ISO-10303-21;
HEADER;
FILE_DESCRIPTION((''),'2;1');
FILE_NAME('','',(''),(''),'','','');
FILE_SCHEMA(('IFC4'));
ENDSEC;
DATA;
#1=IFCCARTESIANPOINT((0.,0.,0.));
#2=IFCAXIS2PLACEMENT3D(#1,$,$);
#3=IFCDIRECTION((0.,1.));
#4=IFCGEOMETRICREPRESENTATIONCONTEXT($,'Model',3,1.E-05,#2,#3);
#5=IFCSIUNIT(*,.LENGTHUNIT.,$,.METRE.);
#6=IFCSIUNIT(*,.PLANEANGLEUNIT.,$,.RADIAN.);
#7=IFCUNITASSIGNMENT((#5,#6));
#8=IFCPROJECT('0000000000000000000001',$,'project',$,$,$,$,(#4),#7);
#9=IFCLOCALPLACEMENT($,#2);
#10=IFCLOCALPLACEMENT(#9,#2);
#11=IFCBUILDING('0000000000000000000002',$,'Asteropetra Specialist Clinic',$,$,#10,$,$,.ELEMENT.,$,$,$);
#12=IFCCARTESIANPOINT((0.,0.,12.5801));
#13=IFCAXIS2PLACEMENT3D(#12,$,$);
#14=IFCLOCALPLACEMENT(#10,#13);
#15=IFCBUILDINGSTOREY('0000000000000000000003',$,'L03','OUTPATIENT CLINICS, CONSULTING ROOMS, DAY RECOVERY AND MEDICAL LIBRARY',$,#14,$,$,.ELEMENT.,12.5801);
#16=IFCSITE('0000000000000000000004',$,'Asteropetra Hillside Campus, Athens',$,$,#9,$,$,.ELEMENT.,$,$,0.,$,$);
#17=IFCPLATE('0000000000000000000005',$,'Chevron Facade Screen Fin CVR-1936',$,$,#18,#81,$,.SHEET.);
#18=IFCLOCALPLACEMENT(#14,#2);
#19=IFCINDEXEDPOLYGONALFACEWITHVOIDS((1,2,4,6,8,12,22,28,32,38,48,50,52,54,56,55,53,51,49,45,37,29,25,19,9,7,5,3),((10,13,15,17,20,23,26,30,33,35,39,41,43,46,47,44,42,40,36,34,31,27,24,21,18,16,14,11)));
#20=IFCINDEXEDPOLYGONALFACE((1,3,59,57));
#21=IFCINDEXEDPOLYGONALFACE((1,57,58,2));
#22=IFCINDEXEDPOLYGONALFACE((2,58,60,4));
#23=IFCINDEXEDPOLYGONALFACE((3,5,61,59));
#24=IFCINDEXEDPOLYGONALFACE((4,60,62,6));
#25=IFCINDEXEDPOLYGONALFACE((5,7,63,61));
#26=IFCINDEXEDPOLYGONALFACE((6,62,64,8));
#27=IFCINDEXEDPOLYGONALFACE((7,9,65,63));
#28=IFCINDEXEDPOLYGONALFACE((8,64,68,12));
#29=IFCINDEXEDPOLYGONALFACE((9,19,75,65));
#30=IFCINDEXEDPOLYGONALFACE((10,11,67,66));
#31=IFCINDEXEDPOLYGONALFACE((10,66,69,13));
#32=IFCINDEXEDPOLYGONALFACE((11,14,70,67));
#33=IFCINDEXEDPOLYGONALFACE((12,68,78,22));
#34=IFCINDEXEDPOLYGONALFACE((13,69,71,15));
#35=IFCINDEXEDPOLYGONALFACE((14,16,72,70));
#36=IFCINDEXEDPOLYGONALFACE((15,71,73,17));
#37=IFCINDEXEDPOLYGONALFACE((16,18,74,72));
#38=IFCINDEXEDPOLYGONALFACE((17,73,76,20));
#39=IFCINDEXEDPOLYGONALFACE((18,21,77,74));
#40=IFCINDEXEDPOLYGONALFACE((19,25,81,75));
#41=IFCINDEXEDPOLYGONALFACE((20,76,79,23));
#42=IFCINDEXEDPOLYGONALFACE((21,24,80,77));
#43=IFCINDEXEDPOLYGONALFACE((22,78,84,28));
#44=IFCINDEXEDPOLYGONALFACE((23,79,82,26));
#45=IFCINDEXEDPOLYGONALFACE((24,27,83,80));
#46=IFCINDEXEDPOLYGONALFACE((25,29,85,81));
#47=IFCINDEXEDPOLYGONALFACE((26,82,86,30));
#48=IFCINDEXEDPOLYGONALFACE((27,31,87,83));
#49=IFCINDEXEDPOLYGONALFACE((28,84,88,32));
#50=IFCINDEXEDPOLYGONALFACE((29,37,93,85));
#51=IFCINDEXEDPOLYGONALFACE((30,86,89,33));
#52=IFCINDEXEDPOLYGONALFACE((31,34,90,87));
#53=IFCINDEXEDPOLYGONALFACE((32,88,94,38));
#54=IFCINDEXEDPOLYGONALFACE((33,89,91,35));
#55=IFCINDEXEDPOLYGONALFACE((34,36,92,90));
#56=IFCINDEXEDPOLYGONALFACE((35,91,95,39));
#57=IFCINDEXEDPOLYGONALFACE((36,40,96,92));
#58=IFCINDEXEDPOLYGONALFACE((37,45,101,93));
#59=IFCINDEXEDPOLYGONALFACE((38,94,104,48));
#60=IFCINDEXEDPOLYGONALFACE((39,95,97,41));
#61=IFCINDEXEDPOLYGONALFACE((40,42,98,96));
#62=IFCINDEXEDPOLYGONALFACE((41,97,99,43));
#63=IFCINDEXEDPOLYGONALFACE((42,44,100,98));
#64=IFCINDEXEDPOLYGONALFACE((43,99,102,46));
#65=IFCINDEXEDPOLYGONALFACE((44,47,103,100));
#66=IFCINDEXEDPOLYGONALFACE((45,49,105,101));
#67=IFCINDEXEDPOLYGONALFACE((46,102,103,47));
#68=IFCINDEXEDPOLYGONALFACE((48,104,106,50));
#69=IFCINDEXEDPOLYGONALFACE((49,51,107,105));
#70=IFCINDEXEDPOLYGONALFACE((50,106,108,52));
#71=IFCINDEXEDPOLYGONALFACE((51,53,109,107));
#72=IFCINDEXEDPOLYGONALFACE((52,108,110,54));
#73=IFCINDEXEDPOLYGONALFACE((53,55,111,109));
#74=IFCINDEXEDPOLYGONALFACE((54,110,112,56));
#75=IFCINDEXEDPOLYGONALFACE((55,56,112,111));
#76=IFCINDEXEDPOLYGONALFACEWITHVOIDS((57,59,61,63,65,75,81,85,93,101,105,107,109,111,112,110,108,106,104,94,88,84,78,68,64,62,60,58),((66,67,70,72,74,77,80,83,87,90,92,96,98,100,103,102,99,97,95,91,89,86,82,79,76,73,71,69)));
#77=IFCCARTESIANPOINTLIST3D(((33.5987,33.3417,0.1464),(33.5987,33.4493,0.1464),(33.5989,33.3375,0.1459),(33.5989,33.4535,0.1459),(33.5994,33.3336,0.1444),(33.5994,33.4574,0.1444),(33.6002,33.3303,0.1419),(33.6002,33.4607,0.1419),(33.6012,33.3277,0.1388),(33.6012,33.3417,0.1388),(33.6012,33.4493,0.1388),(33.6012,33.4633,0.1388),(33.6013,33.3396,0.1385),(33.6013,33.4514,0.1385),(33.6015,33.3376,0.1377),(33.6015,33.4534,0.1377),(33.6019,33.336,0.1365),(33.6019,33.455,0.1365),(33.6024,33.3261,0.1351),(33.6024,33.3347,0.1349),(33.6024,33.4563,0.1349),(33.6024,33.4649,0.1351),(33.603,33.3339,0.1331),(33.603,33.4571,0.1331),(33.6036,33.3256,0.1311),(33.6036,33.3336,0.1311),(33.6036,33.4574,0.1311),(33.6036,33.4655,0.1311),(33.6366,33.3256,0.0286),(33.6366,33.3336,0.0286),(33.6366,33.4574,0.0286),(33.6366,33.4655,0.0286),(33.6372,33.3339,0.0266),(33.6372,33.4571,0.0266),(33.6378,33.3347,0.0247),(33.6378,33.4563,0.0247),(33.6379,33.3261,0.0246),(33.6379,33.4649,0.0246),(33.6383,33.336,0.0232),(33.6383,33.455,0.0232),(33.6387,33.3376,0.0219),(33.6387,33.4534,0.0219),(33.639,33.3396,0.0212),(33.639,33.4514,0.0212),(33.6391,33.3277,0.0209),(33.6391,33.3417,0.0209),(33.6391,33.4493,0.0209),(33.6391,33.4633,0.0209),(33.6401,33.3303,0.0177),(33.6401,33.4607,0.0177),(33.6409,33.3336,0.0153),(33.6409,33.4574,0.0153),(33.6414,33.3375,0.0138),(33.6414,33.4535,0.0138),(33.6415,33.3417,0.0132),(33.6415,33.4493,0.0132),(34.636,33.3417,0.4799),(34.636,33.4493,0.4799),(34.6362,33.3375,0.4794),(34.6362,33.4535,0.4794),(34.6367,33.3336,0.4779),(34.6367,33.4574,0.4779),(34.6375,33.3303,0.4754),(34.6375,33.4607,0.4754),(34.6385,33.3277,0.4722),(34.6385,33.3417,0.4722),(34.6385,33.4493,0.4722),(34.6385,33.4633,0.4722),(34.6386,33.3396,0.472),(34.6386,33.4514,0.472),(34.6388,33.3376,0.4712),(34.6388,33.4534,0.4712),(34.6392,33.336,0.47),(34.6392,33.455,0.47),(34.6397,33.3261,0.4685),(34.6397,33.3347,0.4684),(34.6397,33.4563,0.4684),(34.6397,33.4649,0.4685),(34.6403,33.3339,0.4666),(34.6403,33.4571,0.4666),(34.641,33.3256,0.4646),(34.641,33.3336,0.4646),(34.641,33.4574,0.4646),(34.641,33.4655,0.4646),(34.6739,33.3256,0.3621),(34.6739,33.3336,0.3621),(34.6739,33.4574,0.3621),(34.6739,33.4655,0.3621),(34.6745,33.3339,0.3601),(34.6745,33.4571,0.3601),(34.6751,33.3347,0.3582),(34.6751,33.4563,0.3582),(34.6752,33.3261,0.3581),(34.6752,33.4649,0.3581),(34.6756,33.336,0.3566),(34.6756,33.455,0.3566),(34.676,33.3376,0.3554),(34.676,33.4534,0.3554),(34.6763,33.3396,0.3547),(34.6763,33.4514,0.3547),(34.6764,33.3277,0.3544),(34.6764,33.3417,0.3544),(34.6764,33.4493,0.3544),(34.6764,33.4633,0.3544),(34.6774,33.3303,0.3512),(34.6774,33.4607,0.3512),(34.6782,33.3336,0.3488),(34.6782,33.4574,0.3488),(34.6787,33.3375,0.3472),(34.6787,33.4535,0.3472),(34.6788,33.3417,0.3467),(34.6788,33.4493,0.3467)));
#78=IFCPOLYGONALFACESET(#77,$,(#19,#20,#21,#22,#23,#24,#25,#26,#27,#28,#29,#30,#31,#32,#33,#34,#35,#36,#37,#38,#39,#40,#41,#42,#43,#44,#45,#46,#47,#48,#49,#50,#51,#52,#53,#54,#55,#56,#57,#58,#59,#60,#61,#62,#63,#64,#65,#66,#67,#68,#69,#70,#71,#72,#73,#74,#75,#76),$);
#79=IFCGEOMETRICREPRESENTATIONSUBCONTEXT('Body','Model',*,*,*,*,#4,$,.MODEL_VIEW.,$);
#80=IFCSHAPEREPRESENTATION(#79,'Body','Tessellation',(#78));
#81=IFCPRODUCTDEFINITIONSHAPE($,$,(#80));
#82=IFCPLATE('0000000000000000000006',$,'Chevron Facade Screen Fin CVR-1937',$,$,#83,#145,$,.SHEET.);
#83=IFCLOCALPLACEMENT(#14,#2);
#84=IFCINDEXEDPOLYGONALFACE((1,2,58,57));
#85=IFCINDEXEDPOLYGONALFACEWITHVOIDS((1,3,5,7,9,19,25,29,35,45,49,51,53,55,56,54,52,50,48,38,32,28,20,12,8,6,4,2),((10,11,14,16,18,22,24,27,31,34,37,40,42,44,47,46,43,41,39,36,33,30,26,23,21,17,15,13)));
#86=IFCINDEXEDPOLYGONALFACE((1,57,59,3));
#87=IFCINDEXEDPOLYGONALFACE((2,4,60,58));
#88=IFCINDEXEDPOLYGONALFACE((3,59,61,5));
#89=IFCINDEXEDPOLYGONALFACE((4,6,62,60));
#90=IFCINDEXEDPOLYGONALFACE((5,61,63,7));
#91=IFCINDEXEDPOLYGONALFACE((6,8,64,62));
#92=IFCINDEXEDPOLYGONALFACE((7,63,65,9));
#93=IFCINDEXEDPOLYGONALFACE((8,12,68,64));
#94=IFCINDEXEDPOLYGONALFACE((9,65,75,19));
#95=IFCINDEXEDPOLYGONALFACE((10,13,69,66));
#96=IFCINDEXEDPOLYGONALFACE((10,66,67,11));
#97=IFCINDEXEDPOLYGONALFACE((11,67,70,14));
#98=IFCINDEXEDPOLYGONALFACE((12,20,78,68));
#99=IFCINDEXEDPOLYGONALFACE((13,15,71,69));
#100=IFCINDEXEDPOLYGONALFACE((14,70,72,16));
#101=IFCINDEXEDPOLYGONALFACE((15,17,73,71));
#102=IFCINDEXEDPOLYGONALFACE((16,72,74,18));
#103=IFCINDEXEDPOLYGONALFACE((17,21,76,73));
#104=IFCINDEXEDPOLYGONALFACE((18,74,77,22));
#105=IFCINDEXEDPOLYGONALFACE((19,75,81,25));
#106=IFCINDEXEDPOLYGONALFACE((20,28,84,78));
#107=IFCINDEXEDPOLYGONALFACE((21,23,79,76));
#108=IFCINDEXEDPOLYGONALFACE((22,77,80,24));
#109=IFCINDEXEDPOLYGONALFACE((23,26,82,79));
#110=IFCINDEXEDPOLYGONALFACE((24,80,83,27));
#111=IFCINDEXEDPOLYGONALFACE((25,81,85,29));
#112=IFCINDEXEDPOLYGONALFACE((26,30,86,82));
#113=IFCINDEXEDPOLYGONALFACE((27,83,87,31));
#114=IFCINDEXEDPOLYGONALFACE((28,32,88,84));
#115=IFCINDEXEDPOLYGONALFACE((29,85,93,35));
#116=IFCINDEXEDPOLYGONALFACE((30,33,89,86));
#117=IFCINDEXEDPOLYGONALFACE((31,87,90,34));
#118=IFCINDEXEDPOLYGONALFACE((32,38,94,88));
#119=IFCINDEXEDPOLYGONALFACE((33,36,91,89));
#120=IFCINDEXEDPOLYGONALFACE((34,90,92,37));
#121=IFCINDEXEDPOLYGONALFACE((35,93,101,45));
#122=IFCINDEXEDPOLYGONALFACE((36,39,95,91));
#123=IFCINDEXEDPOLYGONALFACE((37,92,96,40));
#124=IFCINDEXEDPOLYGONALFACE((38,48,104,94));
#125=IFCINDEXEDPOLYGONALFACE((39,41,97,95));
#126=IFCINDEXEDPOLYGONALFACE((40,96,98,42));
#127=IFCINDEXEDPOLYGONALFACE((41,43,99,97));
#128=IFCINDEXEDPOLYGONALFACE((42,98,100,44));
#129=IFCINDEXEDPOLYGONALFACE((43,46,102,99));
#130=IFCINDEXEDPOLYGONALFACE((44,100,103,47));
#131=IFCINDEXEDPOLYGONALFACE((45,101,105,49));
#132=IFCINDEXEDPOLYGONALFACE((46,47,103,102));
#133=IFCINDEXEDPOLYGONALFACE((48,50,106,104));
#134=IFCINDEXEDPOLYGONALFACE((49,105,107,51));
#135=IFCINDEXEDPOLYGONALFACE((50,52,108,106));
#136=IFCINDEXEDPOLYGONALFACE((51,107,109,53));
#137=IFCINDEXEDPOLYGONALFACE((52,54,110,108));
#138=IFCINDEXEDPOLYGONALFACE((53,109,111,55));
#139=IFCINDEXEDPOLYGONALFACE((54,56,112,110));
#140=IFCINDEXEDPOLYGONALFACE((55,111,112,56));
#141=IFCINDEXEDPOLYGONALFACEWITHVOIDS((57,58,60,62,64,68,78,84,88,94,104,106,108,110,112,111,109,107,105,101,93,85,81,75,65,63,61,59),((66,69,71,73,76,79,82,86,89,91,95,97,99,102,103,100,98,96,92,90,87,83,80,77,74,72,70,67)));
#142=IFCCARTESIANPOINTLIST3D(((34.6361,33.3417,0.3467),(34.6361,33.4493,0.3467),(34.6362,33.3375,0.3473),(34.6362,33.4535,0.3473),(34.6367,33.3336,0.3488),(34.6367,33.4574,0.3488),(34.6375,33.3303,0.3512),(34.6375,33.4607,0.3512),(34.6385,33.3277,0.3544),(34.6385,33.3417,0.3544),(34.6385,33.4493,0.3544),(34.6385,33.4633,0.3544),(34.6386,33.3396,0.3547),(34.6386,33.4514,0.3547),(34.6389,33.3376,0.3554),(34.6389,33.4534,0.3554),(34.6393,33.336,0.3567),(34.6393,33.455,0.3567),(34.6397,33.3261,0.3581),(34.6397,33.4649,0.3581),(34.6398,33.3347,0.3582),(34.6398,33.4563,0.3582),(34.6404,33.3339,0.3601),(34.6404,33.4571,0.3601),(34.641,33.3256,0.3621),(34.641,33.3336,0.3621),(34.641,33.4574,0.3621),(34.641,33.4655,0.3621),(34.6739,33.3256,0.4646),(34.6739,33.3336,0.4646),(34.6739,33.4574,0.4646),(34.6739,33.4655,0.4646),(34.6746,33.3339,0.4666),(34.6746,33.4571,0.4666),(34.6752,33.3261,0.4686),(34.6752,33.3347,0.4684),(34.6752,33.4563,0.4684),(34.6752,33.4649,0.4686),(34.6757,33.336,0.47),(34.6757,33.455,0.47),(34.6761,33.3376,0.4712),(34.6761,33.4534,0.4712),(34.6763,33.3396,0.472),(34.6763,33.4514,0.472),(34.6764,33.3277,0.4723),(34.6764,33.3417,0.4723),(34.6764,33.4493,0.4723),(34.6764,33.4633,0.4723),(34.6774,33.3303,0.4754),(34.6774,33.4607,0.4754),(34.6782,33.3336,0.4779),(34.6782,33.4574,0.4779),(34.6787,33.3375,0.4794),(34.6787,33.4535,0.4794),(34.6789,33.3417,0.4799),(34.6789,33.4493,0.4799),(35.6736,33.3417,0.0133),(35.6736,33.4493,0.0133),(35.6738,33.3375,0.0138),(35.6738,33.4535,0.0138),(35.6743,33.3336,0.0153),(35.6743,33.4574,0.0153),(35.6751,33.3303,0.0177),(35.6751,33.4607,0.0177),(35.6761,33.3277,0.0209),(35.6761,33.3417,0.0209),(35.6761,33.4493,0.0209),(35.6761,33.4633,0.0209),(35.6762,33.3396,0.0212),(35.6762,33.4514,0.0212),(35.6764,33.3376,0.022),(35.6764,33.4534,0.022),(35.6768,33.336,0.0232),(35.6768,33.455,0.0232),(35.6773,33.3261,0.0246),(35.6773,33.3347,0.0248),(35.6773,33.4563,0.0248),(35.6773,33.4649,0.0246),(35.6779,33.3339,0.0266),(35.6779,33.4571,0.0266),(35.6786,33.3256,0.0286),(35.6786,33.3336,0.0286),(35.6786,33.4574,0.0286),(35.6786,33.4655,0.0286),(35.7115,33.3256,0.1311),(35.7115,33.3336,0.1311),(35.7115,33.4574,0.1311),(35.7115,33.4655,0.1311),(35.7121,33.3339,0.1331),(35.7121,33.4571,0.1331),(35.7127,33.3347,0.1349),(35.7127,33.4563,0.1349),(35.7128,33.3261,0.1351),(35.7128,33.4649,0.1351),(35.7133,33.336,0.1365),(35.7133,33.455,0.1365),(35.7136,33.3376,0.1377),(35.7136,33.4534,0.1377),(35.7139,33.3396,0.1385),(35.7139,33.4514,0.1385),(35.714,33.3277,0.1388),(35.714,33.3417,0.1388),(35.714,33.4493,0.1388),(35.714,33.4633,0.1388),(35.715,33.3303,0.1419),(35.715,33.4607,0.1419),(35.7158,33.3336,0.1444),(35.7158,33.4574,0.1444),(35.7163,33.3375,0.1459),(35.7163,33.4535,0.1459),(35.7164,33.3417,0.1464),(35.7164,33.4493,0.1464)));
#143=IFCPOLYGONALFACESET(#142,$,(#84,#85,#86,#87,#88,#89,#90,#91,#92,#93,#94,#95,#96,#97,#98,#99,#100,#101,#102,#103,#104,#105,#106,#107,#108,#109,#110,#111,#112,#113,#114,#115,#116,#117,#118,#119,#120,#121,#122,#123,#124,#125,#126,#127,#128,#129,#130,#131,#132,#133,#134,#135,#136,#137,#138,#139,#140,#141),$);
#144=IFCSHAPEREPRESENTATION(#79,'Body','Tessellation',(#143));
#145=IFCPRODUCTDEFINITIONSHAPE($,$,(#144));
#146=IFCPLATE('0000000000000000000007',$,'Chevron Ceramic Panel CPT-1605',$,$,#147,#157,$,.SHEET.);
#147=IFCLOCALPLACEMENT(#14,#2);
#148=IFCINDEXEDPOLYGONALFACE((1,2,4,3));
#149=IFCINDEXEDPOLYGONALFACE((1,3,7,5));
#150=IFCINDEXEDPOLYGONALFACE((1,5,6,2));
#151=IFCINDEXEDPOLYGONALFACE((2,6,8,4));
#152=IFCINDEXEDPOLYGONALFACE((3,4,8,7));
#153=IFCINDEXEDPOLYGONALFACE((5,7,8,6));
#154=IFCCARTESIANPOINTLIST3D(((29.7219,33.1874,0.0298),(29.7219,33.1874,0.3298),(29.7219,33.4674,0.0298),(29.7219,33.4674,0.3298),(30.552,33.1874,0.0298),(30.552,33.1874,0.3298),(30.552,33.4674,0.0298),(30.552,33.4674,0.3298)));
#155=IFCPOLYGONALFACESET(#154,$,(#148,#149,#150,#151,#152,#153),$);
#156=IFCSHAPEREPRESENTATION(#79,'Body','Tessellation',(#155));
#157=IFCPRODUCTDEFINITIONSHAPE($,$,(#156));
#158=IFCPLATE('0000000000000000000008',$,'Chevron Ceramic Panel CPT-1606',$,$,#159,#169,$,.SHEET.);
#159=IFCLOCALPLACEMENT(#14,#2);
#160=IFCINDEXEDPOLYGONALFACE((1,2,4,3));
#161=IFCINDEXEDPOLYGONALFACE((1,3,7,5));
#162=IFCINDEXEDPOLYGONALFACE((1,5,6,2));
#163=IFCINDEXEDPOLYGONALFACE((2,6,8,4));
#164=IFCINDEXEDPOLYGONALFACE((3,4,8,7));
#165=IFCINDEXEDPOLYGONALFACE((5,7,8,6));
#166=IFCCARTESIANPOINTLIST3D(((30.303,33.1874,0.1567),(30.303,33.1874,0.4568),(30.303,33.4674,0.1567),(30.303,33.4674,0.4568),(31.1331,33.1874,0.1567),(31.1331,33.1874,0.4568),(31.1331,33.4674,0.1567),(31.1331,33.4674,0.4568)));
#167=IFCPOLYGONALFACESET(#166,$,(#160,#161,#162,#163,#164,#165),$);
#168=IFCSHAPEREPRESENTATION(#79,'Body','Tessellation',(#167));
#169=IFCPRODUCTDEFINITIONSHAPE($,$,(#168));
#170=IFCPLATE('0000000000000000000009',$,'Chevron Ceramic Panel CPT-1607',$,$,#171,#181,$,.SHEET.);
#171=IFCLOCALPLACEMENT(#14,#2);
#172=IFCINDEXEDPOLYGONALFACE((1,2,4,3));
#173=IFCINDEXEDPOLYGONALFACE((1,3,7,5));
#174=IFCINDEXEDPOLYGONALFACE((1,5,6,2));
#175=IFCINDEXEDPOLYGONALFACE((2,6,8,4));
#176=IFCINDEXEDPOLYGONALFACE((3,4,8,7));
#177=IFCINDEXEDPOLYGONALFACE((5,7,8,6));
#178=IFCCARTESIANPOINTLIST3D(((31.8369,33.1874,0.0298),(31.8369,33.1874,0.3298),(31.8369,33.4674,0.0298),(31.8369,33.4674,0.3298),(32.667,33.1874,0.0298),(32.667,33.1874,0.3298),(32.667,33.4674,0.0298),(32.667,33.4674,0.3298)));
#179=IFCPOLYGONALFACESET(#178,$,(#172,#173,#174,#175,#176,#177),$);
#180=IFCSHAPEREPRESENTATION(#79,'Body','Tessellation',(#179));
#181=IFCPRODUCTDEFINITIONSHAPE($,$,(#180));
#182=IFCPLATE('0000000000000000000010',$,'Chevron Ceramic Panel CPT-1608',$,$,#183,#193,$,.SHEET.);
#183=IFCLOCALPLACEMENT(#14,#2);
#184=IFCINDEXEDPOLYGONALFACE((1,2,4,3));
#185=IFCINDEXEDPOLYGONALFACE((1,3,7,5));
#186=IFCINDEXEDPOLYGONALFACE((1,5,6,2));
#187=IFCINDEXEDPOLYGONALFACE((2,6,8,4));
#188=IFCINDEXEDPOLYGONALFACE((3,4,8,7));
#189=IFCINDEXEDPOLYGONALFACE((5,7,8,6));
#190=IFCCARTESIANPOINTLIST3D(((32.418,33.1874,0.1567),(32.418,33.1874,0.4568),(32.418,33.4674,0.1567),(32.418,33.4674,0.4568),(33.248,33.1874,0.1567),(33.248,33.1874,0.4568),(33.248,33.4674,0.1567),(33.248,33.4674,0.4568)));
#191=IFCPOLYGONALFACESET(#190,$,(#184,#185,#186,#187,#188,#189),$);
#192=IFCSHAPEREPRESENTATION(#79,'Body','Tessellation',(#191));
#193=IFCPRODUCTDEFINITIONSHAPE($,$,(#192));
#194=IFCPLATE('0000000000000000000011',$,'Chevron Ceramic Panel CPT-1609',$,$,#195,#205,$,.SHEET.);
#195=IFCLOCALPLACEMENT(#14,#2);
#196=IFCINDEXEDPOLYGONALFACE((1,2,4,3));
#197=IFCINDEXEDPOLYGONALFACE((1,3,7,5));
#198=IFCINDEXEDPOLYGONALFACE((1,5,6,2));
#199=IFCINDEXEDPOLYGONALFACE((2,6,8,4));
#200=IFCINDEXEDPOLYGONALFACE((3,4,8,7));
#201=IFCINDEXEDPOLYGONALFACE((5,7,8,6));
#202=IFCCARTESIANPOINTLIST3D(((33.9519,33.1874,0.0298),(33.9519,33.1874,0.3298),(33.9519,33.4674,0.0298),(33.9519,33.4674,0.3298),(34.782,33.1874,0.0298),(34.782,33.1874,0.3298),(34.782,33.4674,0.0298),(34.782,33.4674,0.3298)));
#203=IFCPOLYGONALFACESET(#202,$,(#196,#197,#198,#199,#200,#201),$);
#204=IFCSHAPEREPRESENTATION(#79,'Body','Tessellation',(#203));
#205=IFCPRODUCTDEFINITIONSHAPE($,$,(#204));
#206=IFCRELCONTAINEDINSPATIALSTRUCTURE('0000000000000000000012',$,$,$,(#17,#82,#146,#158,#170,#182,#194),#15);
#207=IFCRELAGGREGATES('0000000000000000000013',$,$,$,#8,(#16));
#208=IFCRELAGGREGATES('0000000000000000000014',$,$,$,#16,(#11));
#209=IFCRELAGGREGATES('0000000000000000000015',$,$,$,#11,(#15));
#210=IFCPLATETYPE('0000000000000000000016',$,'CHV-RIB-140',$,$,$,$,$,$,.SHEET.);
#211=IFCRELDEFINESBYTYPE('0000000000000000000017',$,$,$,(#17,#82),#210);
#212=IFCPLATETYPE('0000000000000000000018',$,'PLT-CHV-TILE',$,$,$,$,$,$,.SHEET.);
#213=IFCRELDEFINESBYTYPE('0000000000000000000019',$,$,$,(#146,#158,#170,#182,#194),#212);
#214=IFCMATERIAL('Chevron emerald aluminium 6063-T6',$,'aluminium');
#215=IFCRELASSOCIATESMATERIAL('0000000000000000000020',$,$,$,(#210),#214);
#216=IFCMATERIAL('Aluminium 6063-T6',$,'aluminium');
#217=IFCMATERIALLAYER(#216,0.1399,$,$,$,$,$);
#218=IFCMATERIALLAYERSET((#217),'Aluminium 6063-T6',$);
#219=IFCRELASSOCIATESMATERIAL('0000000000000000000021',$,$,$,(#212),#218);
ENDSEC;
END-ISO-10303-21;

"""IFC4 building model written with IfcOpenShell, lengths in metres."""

from ifc_helpers import new_model, si_unit, direction, frame, origin, origin_2d, place, context, subcontext, project, spatial, rectangle, hollow_rectangle, extrude, material, layer, layer_set, material_profile, profile_set, type_object, element, save


model = new_model("IFC4")

# Units and contexts
model_context = context("Model", 3, precision=1e-05, world=origin(), true_north=direction((0.0, 1.0)))
body_context = subcontext(model_context, "Body", "Model", "MODEL_VIEW")
ifc_project = project(units=[si_unit("LENGTHUNIT", "METRE"), si_unit("PLANEANGLEUNIT", "RADIAN")], contexts=[model_context])

# Site, building, storey
site_placement = place(None, origin())
site = spatial("IfcSite", under=ifc_project, at=site_placement, Name="Asteropetra Hillside Campus, Athens", CompositionType="ELEMENT", RefElevation=0.0)
building_placement = place(site_placement, origin())
building = spatial("IfcBuilding", under=site, at=building_placement, Name="Asteropetra Specialist Clinic", CompositionType="ELEMENT")
storey_placement = place(building_placement, frame((0.0, 0.0, 12.5801)))
storey = spatial("IfcBuildingStorey", under=building, at=storey_placement, Name="L03", Description="OUTPATIENT CLINICS, CONSULTING ROOMS, DAY RECOVERY AND MEDICAL LIBRARY", CompositionType="ELEMENT", Elevation=12.5801)

# Plates
ifc_material_1 = material(Name="Chevron emerald aluminium 6063-T6", Category="aluminium")
ifc_material_profile_1 = material_profile(ifc_material_1, hollow_rectangle(XDim=0.1399, YDim=0.1399, WallThickness=0.0081, InnerFilletRadius=0.0081, OuterFilletRadius=0.0161, at=origin_2d()), Name="SHS 140x140x8.0")
ifc_profile_set_1 = profile_set([ifc_material_profile_1], Name="Chevron emerald aluminium 6063-T6")
plate_type_1 = type_object("IfcPlateType", Name="CHV-RIB-140", PredefinedType="SHEET", material=ifc_profile_set_1)
plate_1_placement = place(storey_placement, frame((33.6201, 33.3955, 0.0798), z_axis=(0.952012, 0.0, 0.30606), x_axis=(0.0, 1.0, 0.0)))
element("IfcPlate", 1, at=plate_1_placement, inside=storey, type_object=plate_type_1, Name="Chevron Facade Screen Fin CVR-1936", PredefinedType="SHEET", context=body_context, shape_type="SweptSolid", body=[
    extrude(hollow_rectangle(XDim=0.1399, YDim=0.1399, WallThickness=0.0081, InnerFilletRadius=0.0081, OuterFilletRadius=0.0161, at=origin_2d()), origin(), (0.0, 0.0, 1.0), 1.0896),
])
plate_2_placement = place(storey_placement, frame((34.6575, 33.3955, 0.4133), z_axis=(0.952033, 0.0, -0.305995), x_axis=(0.0, 1.0, 0.0)))
element("IfcPlate", 2, at=plate_2_placement, inside=storey, type_object=plate_type_1, Name="Chevron Facade Screen Fin CVR-1937", PredefinedType="SHEET", context=body_context, shape_type="SweptSolid", body=[
    extrude(hollow_rectangle(XDim=0.1399, YDim=0.1399, WallThickness=0.0081, InnerFilletRadius=0.0081, OuterFilletRadius=0.0161, at=origin_2d()), origin(), (0.0, 0.0, 1.0), 1.0898),
])
ifc_material_2 = material(Name="Aluminium 6063-T6", Category="aluminium")
ifc_layer_1 = layer(ifc_material_2, 0.1399)
ifc_layer_set_1 = layer_set([ifc_layer_1], Name="Aluminium 6063-T6")
plate_type_2 = type_object("IfcPlateType", Name="PLT-CHV-TILE", PredefinedType="SHEET", material=ifc_layer_set_1)
for number, where, z_axis, x_axis, name in (
    (3, (30.137, 33.3274, 0.0298), (0.0, 0.0, 1.0), (1.0, 0.0, 0.0), "Chevron Ceramic Panel CPT-1605"),
    (4, (30.718, 33.3274, 0.1567), (0.0, 0.0, 1.0), (1.0, 0.0, 0.0), "Chevron Ceramic Panel CPT-1606"),
    (5, (32.252, 33.3274, 0.0298), (0.0, 0.0, 1.0), (1.0, 0.0, 0.0), "Chevron Ceramic Panel CPT-1607"),
    (6, (32.833, 33.3274, 0.1567), (0.0, 0.0, 1.0), (1.0, 0.0, 0.0), "Chevron Ceramic Panel CPT-1608"),
    (7, (34.3669, 33.3274, 0.0298), (0.0, 0.0, 1.0), (1.0, 0.0, 0.0), "Chevron Ceramic Panel CPT-1609"),
):
    element("IfcPlate", number, at=place(storey_placement, frame(where, z_axis=z_axis, x_axis=x_axis)), inside=storey, type_object=plate_type_2, Name=name, PredefinedType="SHEET", context=body_context, shape_type="SweptSolid", body=[
        extrude(rectangle(XDim=0.8301, YDim=0.28, at=origin_2d()), origin(), (0.0, 0.0, 1.0), 0.3),
    ])

save(model, "model.ifc")
